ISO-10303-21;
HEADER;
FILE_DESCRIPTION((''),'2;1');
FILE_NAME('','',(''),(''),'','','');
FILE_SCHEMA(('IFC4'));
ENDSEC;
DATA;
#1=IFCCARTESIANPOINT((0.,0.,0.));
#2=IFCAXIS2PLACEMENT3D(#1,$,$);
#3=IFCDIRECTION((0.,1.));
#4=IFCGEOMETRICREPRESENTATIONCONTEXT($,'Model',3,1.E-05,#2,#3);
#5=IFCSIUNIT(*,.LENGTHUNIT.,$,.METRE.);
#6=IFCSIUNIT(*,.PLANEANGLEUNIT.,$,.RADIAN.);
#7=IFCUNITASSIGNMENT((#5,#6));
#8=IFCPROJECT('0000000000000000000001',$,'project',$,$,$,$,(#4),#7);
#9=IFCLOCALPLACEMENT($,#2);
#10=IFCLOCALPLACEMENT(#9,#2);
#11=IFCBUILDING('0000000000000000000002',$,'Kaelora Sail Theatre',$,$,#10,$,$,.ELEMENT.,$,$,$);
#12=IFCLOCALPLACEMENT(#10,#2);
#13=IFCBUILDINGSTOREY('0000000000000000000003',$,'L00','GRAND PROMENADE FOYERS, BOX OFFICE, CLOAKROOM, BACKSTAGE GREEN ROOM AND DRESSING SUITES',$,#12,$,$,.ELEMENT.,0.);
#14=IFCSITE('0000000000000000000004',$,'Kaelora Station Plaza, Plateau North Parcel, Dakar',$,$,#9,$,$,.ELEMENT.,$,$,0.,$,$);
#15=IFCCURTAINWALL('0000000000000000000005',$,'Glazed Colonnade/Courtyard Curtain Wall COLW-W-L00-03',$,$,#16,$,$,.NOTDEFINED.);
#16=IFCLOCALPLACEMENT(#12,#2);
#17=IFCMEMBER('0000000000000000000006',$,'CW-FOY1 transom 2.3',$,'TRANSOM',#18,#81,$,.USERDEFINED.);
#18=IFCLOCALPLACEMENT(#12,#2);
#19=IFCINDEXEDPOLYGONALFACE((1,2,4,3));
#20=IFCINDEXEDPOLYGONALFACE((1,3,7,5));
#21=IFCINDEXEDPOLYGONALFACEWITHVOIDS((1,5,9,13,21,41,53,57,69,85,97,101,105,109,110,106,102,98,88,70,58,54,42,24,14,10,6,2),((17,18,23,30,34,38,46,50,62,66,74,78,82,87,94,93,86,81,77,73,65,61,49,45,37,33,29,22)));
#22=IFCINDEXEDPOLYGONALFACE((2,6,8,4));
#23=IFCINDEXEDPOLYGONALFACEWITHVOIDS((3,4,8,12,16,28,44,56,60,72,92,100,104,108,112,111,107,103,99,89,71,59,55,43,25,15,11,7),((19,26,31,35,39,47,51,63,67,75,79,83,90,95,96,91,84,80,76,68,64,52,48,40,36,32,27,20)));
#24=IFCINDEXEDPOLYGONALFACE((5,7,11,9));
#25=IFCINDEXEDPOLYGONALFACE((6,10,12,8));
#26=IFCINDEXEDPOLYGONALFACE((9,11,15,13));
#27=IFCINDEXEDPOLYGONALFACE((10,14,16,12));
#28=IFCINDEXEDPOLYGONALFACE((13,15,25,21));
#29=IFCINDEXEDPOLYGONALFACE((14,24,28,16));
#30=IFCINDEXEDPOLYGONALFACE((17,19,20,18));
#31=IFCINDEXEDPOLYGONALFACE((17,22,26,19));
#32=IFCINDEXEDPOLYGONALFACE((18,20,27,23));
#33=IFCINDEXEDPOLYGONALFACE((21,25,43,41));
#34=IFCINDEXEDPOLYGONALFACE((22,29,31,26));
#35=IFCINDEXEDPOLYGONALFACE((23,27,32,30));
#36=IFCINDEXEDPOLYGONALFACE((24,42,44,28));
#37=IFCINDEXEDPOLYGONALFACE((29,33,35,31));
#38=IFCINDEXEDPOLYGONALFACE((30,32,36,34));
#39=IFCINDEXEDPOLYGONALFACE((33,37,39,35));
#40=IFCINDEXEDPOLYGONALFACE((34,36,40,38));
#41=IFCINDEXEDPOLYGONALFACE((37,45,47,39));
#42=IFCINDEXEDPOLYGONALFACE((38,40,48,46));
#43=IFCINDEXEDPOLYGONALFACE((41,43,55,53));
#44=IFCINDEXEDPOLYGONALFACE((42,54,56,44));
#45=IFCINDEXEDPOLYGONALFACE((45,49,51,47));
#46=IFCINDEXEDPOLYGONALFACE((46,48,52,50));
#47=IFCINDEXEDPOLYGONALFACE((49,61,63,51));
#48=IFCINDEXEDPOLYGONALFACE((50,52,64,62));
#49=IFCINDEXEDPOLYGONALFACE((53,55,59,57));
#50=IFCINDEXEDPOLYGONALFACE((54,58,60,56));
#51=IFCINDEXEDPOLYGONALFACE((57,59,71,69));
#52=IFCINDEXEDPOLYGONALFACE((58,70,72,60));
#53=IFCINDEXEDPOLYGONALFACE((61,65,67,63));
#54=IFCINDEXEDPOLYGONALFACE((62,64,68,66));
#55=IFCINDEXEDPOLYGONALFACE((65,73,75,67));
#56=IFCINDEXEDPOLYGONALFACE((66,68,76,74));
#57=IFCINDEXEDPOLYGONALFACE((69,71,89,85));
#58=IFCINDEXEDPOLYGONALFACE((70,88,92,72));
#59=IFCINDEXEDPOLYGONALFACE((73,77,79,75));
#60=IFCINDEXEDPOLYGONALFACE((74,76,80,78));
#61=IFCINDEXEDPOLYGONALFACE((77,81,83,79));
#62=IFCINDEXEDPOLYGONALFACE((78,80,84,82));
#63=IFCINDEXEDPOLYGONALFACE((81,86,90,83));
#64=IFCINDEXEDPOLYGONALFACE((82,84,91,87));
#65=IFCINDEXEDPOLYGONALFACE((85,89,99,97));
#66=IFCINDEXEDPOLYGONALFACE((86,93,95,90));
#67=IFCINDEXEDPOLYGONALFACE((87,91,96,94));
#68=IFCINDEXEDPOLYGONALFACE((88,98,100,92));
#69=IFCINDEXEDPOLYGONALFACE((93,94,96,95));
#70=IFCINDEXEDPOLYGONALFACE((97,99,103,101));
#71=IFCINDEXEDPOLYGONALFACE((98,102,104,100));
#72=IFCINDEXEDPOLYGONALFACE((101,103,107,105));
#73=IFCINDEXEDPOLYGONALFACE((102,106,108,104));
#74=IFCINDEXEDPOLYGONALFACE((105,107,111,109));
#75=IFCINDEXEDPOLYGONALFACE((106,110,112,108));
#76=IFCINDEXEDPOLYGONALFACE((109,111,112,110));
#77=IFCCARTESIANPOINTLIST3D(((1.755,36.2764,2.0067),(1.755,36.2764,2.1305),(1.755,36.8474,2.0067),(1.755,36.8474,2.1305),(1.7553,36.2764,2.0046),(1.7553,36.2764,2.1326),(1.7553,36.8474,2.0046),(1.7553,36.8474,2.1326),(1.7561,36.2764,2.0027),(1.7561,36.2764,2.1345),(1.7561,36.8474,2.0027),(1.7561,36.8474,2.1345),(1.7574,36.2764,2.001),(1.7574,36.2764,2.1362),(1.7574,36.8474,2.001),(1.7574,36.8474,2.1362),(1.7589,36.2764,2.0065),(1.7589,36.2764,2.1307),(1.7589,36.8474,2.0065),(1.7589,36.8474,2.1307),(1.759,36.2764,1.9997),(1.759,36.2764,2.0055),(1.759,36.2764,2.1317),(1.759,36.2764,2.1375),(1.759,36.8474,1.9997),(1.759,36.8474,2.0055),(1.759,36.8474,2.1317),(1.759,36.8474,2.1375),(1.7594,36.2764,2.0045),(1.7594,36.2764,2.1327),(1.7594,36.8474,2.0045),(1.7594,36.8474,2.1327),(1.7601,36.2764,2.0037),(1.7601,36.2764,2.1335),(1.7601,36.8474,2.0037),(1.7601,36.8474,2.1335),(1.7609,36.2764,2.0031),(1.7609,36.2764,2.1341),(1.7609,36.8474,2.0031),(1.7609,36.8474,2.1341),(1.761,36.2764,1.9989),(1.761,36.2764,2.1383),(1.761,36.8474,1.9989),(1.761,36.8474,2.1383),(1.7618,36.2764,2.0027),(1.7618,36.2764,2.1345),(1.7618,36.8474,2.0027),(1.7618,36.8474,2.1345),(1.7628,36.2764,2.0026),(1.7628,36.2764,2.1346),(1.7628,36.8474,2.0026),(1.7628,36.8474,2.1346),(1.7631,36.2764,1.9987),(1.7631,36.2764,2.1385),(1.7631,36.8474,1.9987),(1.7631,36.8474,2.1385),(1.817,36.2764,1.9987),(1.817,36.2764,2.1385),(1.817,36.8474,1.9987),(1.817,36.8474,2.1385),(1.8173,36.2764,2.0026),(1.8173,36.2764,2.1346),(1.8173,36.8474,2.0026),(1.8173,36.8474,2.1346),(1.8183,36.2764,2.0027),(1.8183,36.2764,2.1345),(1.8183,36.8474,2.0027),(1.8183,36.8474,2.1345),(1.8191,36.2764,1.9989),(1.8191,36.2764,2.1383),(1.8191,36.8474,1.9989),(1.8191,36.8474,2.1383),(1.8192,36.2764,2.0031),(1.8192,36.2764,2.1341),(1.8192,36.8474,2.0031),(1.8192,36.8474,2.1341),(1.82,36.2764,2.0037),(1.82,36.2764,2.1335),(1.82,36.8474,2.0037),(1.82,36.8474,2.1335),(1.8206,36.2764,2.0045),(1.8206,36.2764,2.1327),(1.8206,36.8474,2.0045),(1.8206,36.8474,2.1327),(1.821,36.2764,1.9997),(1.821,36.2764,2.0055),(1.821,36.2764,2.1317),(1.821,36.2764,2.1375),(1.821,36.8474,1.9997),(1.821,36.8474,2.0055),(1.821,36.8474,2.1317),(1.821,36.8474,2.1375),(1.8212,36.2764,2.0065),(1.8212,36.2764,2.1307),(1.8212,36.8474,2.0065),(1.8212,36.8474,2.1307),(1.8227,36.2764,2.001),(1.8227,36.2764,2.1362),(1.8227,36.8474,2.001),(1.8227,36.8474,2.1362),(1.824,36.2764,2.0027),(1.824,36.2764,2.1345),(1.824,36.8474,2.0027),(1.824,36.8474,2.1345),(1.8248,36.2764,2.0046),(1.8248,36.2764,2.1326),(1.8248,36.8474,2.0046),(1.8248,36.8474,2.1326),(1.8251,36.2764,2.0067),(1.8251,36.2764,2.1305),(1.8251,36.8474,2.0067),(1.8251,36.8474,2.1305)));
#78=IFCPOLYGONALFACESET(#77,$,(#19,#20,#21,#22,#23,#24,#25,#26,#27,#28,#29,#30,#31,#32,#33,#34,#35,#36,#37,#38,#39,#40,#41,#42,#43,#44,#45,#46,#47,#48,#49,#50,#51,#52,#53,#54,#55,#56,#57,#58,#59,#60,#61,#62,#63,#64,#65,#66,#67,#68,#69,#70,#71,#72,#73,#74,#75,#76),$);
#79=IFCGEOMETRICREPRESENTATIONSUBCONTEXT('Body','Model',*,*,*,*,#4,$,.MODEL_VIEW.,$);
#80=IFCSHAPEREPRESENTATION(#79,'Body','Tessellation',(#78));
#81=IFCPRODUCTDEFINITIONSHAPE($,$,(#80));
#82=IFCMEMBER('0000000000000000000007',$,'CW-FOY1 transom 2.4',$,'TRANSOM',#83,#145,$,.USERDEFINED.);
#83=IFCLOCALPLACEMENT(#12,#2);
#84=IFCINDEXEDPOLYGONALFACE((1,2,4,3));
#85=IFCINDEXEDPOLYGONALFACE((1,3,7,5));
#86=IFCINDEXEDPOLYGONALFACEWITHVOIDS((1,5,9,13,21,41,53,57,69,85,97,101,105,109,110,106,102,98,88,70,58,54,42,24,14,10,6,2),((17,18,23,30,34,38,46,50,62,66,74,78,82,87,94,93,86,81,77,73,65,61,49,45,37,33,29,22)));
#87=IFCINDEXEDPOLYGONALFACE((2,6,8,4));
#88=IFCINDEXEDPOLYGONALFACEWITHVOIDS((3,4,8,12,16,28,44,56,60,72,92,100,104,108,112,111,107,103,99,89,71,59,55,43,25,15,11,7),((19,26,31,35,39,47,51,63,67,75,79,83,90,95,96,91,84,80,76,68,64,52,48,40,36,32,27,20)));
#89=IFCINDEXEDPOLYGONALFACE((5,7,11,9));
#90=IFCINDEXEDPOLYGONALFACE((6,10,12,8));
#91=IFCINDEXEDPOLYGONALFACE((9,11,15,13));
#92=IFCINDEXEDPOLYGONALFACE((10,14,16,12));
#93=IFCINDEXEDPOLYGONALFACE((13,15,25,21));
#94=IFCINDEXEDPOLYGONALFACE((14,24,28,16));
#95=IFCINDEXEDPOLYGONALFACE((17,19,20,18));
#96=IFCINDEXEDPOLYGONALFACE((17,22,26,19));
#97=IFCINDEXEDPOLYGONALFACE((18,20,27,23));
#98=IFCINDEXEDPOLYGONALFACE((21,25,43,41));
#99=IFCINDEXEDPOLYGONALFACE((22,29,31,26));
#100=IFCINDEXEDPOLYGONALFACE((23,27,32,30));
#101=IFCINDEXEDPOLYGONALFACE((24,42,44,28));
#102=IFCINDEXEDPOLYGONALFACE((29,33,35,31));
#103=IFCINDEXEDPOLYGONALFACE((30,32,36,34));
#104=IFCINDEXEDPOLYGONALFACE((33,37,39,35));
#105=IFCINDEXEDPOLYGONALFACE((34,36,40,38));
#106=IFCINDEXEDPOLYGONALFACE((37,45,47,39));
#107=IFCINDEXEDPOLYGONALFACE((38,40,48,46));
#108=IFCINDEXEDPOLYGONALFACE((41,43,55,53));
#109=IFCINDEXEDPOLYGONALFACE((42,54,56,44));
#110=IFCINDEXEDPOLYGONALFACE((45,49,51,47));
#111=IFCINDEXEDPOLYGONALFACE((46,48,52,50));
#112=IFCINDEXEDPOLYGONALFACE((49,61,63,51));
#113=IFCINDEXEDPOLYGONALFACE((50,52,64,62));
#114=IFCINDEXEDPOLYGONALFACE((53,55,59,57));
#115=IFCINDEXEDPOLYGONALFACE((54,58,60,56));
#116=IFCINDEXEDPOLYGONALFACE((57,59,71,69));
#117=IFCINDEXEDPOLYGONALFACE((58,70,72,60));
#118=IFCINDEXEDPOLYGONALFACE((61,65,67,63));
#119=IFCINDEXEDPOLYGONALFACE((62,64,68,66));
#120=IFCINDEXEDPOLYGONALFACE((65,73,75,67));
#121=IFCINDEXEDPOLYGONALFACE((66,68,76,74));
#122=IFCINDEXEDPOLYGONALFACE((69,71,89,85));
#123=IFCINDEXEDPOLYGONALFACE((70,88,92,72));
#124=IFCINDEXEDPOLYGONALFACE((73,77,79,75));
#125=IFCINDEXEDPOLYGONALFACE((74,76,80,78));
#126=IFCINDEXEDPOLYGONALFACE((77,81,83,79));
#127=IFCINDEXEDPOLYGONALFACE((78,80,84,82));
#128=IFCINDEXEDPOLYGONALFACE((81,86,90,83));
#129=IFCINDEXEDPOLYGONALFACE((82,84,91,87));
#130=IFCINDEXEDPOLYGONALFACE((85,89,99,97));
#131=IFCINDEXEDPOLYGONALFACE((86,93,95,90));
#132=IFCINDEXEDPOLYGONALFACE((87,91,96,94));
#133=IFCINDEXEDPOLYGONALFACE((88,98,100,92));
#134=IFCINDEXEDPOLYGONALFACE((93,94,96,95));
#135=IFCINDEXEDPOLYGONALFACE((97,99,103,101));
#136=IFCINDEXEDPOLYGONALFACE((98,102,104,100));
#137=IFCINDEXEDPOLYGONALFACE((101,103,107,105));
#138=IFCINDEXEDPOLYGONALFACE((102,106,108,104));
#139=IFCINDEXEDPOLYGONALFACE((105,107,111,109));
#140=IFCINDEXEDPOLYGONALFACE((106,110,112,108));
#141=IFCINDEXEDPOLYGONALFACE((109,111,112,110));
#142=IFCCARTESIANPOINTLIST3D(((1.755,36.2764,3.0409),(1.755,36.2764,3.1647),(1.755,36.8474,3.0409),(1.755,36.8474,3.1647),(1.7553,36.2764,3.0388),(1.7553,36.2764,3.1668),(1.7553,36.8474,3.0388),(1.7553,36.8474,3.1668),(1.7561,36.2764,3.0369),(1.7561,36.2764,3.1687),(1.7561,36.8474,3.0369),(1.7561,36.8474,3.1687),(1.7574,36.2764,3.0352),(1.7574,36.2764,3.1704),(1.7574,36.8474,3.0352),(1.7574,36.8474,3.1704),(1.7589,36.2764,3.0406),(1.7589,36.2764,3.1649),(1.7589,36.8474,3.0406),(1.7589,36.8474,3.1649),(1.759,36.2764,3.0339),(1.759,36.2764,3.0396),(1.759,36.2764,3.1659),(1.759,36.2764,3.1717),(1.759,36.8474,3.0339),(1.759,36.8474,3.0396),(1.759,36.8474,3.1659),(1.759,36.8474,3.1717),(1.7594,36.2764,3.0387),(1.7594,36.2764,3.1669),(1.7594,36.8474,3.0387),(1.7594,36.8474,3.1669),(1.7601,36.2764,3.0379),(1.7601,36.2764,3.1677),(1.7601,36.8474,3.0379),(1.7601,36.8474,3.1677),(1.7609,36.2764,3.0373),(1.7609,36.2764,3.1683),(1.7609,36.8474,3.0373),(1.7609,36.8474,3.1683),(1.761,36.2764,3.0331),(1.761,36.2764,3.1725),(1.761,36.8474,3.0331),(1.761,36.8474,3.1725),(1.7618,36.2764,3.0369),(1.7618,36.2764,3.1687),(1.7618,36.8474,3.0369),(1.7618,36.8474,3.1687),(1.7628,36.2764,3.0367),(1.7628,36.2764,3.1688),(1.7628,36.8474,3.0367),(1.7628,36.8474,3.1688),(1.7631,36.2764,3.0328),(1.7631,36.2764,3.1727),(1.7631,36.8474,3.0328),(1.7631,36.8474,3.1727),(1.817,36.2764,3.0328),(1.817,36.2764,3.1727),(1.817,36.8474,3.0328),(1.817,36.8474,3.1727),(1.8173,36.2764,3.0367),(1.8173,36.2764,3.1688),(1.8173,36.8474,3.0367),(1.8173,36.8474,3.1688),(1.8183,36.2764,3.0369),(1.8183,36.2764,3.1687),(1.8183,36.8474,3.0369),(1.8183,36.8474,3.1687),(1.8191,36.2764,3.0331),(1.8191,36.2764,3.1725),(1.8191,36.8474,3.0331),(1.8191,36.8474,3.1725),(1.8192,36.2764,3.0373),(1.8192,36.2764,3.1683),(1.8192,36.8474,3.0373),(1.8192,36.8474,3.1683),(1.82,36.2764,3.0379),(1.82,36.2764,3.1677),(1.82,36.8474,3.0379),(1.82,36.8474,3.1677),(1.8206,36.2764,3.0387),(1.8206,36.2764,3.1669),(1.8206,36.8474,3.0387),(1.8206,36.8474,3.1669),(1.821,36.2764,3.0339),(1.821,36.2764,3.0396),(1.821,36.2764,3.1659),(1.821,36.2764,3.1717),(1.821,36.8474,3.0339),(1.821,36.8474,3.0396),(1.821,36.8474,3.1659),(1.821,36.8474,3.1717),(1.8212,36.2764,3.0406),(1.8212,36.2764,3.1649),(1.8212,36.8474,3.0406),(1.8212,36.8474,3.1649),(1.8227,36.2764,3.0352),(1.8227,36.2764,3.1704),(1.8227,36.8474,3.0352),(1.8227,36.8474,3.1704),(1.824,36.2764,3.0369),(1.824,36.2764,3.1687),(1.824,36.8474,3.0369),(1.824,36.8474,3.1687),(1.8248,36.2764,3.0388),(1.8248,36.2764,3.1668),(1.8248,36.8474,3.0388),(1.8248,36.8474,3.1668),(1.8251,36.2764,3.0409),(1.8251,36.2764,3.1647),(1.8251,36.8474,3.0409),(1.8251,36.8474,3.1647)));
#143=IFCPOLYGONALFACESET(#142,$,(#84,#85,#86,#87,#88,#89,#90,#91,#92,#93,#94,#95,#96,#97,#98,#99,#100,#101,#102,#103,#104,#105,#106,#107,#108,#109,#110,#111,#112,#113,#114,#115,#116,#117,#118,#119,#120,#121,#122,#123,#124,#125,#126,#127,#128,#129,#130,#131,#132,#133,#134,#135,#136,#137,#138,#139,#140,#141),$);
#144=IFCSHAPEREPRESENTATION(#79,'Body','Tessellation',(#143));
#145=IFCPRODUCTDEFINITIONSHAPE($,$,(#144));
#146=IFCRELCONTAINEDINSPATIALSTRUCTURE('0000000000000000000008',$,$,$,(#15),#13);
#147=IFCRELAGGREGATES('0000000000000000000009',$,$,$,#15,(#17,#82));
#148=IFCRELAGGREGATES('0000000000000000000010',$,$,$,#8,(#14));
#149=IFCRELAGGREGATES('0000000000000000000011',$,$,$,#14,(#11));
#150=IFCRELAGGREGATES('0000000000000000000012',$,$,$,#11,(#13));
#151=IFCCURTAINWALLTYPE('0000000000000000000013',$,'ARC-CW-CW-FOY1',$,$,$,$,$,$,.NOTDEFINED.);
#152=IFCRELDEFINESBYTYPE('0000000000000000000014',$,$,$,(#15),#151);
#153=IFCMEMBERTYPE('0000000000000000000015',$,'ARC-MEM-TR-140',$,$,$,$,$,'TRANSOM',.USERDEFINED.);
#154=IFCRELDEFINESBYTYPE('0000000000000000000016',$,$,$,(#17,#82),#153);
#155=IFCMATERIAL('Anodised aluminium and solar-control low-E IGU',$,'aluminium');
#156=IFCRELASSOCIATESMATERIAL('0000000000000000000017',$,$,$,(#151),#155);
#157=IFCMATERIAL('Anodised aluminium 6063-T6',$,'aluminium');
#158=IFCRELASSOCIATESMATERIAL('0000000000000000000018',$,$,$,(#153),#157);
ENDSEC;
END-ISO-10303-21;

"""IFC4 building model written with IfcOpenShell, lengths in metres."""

from ifc_helpers import new_model, si_unit, direction, frame, origin, origin_2d, place, context, subcontext, project, spatial, hollow_rectangle, extrude, material, material_profile, profile_set, type_object, element, aggregate, save


model = new_model("IFC4")

# Units and contexts
model_context = context("Model", 3, precision=1e-05, world=origin(), true_north=direction((0.0, 1.0)))
body_context = subcontext(model_context, "Body", "Model", "MODEL_VIEW")
ifc_project = project(units=[si_unit("LENGTHUNIT", "METRE"), si_unit("PLANEANGLEUNIT", "RADIAN")], contexts=[model_context])

# Site, building, storey
site_placement = place(None, origin())
site = spatial("IfcSite", under=ifc_project, at=site_placement, Name="Kaelora Station Plaza, Plateau North Parcel, Dakar", CompositionType="ELEMENT", RefElevation=0.0)
building_placement = place(site_placement, origin())
building = spatial("IfcBuilding", under=site, at=building_placement, Name="Kaelora Sail Theatre", CompositionType="ELEMENT")
storey_placement = place(building_placement, origin())
storey = spatial("IfcBuildingStorey", under=building, at=storey_placement, Name="L00", Description="GRAND PROMENADE FOYERS, BOX OFFICE, CLOAKROOM, BACKSTAGE GREEN ROOM AND DRESSING SUITES", CompositionType="ELEMENT", Elevation=0.0)

# Curtain wall, members
ifc_material_1 = material(Name="Anodised aluminium and solar-control low-E IGU", Category="aluminium")
curtain_wall_type = type_object("IfcCurtainWallType", Name="ARC-CW-CW-FOY1", PredefinedType="NOTDEFINED", material=ifc_material_1)
curtain_wall_1_placement = place(storey_placement, origin())
curtain_wall_1 = element("IfcCurtainWall", 1, at=curtain_wall_1_placement, inside=storey, type_object=curtain_wall_type, Name="Glazed Colonnade/Courtyard Curtain Wall COLW-W-L00-03", PredefinedType="NOTDEFINED")
ifc_material_2 = material(Name="Anodised aluminium 6063-T6", Category="aluminium")
ifc_material_profile = material_profile(ifc_material_2, hollow_rectangle(XDim=0.0701, YDim=0.1399, WallThickness=0.0039, InnerFilletRadius=0.0039, OuterFilletRadius=0.0081, at=origin_2d()), Name="ALU-TRAN 70x140x4")
ifc_profile_set = profile_set([ifc_material_profile], Name="Anodised aluminium 6063-T6")
member_type = type_object("IfcMemberType", Name="ARC-MEM-TR-140", ElementType="TRANSOM", PredefinedType="USERDEFINED", material=ifc_profile_set)
member_1_placement = place(storey_placement, frame((1.79, 36.2764, 2.0686), z_axis=(0.0, 1.0, 0.0), x_axis=(-1.0, 0.0, 0.0)))
member_1 = element("IfcMember", 2, at=member_1_placement, type_object=member_type, Name="CW-FOY1 transom 2.3", ObjectType="TRANSOM", PredefinedType="USERDEFINED", context=body_context, shape_type="SweptSolid", body=[
    extrude(hollow_rectangle(XDim=0.0701, YDim=0.1399, WallThickness=0.0039, InnerFilletRadius=0.0039, OuterFilletRadius=0.0081, at=origin_2d()), origin(), (0.0, 0.0, 1.0), 0.571),
])
member_2_placement = place(storey_placement, frame((1.79, 36.2764, 3.1028), z_axis=(0.0, 1.0, 0.0), x_axis=(-1.0, 0.0, 0.0)))
member_2 = element("IfcMember", 3, at=member_2_placement, type_object=member_type, Name="CW-FOY1 transom 2.4", ObjectType="TRANSOM", PredefinedType="USERDEFINED", context=body_context, shape_type="SweptSolid", body=[
    extrude(hollow_rectangle(XDim=0.0701, YDim=0.1399, WallThickness=0.0039, InnerFilletRadius=0.0039, OuterFilletRadius=0.0081, at=origin_2d()), origin(), (0.0, 0.0, 1.0), 0.571),
])

aggregate(curtain_wall_1, [member_1, member_2])

save(model, "model.ifc")
